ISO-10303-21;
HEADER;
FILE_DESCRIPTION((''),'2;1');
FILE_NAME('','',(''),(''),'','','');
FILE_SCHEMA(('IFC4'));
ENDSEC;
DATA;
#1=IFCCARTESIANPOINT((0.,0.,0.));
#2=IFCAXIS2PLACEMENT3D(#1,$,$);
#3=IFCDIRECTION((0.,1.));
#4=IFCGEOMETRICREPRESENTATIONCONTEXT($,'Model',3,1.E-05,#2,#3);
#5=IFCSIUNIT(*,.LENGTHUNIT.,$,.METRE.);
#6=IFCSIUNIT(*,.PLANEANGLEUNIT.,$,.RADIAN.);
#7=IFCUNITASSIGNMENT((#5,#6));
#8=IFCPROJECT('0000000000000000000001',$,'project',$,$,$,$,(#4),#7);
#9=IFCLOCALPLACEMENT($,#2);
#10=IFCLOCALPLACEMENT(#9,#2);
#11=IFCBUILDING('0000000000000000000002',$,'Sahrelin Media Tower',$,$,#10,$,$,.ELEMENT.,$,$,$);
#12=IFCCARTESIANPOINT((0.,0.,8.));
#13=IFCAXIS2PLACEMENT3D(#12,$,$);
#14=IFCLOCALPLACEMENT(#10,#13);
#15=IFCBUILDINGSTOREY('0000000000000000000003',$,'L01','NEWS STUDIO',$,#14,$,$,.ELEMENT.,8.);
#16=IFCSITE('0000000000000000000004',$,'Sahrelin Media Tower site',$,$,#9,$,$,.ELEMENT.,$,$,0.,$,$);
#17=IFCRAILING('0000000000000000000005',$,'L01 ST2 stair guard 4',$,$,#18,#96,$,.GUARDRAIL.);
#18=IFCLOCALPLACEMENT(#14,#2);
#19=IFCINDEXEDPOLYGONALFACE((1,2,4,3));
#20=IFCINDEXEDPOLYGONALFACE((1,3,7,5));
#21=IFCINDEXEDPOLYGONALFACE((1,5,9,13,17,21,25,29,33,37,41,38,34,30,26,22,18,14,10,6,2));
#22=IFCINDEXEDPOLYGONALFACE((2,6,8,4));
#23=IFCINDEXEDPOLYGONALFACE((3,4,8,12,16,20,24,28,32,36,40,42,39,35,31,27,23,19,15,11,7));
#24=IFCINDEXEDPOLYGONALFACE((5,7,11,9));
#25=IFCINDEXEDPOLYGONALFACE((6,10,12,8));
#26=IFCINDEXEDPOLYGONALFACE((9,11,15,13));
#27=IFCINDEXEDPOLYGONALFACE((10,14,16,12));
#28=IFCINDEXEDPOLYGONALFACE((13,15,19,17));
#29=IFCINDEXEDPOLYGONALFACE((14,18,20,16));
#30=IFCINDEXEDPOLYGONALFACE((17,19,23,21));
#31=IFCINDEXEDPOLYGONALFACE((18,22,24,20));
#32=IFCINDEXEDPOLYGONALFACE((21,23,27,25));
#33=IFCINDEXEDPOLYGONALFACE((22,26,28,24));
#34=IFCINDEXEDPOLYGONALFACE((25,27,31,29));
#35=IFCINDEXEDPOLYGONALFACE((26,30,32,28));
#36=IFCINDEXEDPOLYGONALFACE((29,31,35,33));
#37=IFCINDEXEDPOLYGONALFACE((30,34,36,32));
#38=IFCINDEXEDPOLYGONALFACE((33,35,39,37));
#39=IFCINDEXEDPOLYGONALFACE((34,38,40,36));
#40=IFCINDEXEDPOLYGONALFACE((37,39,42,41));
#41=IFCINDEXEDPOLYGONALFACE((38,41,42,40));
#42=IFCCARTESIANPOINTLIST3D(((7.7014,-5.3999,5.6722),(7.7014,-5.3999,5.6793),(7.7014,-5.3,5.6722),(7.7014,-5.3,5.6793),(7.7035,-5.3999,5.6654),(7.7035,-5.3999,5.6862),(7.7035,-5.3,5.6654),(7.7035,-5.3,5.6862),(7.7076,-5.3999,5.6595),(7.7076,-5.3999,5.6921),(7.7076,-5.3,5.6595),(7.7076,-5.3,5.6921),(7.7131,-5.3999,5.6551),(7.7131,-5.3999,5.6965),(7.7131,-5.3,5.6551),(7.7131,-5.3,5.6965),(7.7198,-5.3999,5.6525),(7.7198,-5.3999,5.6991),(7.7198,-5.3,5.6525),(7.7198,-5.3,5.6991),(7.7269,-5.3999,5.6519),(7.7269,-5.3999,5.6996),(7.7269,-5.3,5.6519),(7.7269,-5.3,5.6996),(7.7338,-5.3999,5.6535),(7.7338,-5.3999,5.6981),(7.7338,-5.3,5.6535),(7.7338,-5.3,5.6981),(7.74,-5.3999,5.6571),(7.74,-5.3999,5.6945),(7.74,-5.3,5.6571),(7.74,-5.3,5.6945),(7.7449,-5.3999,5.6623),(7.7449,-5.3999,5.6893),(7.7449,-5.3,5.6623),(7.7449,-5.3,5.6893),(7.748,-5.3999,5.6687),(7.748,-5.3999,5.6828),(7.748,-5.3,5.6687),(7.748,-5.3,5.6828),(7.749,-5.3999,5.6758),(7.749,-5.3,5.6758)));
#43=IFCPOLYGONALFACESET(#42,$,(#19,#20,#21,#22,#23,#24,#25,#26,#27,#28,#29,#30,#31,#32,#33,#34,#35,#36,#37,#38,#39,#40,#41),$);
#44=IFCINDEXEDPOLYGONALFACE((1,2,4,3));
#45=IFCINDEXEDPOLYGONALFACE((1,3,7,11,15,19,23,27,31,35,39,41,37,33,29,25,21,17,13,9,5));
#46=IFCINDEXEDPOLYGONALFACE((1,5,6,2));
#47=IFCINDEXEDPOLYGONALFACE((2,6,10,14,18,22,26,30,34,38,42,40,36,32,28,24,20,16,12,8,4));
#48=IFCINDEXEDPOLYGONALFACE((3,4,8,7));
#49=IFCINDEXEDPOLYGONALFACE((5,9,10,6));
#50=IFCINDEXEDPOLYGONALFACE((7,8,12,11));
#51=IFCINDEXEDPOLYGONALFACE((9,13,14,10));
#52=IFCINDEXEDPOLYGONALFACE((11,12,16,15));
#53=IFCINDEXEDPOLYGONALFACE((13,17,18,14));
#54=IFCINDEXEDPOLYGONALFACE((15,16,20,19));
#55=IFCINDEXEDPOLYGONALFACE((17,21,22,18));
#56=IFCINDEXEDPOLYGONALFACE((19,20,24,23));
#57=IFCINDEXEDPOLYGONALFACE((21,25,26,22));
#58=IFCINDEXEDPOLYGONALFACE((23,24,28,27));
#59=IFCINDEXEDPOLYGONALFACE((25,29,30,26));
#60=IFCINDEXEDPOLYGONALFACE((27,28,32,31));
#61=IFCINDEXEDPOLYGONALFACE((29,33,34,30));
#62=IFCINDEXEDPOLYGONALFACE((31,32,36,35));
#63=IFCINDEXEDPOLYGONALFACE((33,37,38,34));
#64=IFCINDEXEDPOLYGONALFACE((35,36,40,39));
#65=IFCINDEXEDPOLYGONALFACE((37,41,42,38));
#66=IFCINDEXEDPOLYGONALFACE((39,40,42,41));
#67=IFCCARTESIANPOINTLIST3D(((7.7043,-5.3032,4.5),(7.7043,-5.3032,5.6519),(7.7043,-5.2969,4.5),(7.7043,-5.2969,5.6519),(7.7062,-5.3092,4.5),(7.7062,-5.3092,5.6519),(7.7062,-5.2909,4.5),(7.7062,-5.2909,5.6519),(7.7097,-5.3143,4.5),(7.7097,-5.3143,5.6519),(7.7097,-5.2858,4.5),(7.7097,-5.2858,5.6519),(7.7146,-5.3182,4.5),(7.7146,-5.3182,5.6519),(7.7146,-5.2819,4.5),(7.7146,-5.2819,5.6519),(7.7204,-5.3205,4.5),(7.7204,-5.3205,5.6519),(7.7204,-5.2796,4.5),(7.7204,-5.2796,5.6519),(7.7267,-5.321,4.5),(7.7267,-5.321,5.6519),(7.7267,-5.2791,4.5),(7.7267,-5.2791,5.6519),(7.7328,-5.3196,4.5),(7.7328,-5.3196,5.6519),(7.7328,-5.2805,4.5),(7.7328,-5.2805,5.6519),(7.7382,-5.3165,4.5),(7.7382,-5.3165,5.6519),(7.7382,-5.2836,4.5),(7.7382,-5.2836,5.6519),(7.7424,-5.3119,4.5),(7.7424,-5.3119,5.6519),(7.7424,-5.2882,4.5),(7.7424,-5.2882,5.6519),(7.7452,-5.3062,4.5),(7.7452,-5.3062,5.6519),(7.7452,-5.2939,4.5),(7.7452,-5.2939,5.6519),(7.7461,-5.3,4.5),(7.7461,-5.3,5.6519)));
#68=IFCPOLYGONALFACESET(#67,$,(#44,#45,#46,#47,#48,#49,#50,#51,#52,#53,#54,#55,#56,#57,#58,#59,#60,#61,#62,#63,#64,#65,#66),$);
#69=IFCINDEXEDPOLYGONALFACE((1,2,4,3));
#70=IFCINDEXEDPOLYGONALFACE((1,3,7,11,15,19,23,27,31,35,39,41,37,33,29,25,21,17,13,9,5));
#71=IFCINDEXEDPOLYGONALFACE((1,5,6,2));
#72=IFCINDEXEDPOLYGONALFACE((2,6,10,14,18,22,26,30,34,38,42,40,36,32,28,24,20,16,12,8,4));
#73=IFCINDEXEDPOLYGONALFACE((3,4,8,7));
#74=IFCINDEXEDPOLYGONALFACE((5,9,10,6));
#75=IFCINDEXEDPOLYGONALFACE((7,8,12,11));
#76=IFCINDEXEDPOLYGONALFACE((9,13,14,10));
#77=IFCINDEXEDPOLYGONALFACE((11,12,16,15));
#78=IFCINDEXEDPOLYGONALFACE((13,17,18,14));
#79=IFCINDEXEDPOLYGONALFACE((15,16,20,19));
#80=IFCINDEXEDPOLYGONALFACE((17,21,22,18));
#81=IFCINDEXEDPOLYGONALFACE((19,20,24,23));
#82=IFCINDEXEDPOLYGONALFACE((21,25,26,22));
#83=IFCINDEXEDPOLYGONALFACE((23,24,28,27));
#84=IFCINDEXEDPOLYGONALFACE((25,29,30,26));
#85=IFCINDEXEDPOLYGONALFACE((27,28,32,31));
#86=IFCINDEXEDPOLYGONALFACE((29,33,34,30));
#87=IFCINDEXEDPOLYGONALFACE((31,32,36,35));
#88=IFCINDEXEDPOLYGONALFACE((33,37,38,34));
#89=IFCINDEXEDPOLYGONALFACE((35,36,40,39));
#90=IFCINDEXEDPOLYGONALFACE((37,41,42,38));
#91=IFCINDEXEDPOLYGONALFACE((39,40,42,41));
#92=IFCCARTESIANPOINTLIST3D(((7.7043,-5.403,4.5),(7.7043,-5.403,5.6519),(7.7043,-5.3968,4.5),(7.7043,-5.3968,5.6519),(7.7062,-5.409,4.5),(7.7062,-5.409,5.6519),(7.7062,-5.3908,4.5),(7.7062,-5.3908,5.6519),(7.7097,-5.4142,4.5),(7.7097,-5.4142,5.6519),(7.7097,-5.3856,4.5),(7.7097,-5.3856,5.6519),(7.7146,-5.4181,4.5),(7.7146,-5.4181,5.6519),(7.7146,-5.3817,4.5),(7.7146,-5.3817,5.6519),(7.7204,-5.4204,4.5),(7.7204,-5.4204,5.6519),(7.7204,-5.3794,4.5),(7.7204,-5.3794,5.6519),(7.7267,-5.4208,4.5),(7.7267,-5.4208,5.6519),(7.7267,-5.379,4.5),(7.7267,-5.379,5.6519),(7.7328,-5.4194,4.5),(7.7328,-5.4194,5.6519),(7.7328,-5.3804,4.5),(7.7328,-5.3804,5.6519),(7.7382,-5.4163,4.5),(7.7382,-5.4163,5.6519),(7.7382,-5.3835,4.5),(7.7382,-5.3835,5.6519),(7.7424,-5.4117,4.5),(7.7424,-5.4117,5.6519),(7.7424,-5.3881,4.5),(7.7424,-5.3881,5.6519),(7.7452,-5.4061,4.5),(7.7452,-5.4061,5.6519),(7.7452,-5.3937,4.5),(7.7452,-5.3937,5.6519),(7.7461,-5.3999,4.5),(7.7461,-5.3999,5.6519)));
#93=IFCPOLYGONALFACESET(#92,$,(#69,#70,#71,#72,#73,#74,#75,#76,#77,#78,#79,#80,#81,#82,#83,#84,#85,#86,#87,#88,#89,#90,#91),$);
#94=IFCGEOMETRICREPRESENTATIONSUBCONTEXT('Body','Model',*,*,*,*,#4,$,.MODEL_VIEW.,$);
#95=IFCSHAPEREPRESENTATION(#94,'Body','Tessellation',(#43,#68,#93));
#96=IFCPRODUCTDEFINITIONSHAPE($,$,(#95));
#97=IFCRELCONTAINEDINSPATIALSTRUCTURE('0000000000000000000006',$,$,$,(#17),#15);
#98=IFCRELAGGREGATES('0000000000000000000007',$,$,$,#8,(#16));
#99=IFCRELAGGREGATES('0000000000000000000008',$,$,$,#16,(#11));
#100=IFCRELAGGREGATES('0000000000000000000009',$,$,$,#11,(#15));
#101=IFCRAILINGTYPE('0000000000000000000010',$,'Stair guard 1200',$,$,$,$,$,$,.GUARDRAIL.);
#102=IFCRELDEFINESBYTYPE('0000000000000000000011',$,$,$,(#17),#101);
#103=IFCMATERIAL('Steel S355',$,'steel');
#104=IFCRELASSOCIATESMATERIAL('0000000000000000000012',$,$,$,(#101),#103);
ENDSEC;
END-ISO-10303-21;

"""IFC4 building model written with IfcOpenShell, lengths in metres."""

from ifc_helpers import new_model, si_unit, direction, frame, origin, origin_2d, place, context, subcontext, project, spatial, circle, extrude, material, type_object, element, save


model = new_model("IFC4")

# Units and contexts
model_context = context("Model", 3, precision=1e-05, world=origin(), true_north=direction((0.0, 1.0)))
body_context = subcontext(model_context, "Body", "Model", "MODEL_VIEW")
ifc_project = project(units=[si_unit("LENGTHUNIT", "METRE"), si_unit("PLANEANGLEUNIT", "RADIAN")], contexts=[model_context])

# Site, building, storey
site_placement = place(None, origin())
site = spatial("IfcSite", under=ifc_project, at=site_placement, Name="Sahrelin Media Tower site", CompositionType="ELEMENT", RefElevation=0.0)
building_placement = place(site_placement, origin())
building = spatial("IfcBuilding", under=site, at=building_placement, Name="Sahrelin Media Tower", CompositionType="ELEMENT")
storey_placement = place(building_placement, frame((0.0, 0.0, 8.0)))
storey = spatial("IfcBuildingStorey", under=building, at=storey_placement, Name="L01", Description="NEWS STUDIO", CompositionType="ELEMENT", Elevation=8.0)

# Railing
ifc_material_1 = material(Name="Steel S355", Category="steel")
railing_type_1 = type_object("IfcRailingType", Name="Stair guard 1200", PredefinedType="GUARDRAIL", material=ifc_material_1)
railing_1_placement = place(storey_placement, frame((7.7251, -5.3, 4.5)))
element("IfcRailing", 1, at=railing_1_placement, inside=storey, type_object=railing_type_1, Name="L01 ST2 stair guard 4", PredefinedType="GUARDRAIL", context=body_context, shape_type="SweptSolid", body=[
    extrude(circle(Radius=0.0239, at=origin_2d()), frame((0.0, 0.0, 1.1758), z_axis=(0.0, -1.0, 0.0), x_axis=(1.0, 0.0, 0.0)), (0.0, 0.0, 1.0), 0.0999),
    extrude(circle(Radius=0.021, at=origin_2d()), origin(), (0.0, 0.0, 1.0), 1.1519),
    extrude(circle(Radius=0.021, at=origin_2d()), frame((0.0, -0.0999, 0.0)), (0.0, 0.0, 1.0), 1.1519),
])

save(model, "model.ifc")
